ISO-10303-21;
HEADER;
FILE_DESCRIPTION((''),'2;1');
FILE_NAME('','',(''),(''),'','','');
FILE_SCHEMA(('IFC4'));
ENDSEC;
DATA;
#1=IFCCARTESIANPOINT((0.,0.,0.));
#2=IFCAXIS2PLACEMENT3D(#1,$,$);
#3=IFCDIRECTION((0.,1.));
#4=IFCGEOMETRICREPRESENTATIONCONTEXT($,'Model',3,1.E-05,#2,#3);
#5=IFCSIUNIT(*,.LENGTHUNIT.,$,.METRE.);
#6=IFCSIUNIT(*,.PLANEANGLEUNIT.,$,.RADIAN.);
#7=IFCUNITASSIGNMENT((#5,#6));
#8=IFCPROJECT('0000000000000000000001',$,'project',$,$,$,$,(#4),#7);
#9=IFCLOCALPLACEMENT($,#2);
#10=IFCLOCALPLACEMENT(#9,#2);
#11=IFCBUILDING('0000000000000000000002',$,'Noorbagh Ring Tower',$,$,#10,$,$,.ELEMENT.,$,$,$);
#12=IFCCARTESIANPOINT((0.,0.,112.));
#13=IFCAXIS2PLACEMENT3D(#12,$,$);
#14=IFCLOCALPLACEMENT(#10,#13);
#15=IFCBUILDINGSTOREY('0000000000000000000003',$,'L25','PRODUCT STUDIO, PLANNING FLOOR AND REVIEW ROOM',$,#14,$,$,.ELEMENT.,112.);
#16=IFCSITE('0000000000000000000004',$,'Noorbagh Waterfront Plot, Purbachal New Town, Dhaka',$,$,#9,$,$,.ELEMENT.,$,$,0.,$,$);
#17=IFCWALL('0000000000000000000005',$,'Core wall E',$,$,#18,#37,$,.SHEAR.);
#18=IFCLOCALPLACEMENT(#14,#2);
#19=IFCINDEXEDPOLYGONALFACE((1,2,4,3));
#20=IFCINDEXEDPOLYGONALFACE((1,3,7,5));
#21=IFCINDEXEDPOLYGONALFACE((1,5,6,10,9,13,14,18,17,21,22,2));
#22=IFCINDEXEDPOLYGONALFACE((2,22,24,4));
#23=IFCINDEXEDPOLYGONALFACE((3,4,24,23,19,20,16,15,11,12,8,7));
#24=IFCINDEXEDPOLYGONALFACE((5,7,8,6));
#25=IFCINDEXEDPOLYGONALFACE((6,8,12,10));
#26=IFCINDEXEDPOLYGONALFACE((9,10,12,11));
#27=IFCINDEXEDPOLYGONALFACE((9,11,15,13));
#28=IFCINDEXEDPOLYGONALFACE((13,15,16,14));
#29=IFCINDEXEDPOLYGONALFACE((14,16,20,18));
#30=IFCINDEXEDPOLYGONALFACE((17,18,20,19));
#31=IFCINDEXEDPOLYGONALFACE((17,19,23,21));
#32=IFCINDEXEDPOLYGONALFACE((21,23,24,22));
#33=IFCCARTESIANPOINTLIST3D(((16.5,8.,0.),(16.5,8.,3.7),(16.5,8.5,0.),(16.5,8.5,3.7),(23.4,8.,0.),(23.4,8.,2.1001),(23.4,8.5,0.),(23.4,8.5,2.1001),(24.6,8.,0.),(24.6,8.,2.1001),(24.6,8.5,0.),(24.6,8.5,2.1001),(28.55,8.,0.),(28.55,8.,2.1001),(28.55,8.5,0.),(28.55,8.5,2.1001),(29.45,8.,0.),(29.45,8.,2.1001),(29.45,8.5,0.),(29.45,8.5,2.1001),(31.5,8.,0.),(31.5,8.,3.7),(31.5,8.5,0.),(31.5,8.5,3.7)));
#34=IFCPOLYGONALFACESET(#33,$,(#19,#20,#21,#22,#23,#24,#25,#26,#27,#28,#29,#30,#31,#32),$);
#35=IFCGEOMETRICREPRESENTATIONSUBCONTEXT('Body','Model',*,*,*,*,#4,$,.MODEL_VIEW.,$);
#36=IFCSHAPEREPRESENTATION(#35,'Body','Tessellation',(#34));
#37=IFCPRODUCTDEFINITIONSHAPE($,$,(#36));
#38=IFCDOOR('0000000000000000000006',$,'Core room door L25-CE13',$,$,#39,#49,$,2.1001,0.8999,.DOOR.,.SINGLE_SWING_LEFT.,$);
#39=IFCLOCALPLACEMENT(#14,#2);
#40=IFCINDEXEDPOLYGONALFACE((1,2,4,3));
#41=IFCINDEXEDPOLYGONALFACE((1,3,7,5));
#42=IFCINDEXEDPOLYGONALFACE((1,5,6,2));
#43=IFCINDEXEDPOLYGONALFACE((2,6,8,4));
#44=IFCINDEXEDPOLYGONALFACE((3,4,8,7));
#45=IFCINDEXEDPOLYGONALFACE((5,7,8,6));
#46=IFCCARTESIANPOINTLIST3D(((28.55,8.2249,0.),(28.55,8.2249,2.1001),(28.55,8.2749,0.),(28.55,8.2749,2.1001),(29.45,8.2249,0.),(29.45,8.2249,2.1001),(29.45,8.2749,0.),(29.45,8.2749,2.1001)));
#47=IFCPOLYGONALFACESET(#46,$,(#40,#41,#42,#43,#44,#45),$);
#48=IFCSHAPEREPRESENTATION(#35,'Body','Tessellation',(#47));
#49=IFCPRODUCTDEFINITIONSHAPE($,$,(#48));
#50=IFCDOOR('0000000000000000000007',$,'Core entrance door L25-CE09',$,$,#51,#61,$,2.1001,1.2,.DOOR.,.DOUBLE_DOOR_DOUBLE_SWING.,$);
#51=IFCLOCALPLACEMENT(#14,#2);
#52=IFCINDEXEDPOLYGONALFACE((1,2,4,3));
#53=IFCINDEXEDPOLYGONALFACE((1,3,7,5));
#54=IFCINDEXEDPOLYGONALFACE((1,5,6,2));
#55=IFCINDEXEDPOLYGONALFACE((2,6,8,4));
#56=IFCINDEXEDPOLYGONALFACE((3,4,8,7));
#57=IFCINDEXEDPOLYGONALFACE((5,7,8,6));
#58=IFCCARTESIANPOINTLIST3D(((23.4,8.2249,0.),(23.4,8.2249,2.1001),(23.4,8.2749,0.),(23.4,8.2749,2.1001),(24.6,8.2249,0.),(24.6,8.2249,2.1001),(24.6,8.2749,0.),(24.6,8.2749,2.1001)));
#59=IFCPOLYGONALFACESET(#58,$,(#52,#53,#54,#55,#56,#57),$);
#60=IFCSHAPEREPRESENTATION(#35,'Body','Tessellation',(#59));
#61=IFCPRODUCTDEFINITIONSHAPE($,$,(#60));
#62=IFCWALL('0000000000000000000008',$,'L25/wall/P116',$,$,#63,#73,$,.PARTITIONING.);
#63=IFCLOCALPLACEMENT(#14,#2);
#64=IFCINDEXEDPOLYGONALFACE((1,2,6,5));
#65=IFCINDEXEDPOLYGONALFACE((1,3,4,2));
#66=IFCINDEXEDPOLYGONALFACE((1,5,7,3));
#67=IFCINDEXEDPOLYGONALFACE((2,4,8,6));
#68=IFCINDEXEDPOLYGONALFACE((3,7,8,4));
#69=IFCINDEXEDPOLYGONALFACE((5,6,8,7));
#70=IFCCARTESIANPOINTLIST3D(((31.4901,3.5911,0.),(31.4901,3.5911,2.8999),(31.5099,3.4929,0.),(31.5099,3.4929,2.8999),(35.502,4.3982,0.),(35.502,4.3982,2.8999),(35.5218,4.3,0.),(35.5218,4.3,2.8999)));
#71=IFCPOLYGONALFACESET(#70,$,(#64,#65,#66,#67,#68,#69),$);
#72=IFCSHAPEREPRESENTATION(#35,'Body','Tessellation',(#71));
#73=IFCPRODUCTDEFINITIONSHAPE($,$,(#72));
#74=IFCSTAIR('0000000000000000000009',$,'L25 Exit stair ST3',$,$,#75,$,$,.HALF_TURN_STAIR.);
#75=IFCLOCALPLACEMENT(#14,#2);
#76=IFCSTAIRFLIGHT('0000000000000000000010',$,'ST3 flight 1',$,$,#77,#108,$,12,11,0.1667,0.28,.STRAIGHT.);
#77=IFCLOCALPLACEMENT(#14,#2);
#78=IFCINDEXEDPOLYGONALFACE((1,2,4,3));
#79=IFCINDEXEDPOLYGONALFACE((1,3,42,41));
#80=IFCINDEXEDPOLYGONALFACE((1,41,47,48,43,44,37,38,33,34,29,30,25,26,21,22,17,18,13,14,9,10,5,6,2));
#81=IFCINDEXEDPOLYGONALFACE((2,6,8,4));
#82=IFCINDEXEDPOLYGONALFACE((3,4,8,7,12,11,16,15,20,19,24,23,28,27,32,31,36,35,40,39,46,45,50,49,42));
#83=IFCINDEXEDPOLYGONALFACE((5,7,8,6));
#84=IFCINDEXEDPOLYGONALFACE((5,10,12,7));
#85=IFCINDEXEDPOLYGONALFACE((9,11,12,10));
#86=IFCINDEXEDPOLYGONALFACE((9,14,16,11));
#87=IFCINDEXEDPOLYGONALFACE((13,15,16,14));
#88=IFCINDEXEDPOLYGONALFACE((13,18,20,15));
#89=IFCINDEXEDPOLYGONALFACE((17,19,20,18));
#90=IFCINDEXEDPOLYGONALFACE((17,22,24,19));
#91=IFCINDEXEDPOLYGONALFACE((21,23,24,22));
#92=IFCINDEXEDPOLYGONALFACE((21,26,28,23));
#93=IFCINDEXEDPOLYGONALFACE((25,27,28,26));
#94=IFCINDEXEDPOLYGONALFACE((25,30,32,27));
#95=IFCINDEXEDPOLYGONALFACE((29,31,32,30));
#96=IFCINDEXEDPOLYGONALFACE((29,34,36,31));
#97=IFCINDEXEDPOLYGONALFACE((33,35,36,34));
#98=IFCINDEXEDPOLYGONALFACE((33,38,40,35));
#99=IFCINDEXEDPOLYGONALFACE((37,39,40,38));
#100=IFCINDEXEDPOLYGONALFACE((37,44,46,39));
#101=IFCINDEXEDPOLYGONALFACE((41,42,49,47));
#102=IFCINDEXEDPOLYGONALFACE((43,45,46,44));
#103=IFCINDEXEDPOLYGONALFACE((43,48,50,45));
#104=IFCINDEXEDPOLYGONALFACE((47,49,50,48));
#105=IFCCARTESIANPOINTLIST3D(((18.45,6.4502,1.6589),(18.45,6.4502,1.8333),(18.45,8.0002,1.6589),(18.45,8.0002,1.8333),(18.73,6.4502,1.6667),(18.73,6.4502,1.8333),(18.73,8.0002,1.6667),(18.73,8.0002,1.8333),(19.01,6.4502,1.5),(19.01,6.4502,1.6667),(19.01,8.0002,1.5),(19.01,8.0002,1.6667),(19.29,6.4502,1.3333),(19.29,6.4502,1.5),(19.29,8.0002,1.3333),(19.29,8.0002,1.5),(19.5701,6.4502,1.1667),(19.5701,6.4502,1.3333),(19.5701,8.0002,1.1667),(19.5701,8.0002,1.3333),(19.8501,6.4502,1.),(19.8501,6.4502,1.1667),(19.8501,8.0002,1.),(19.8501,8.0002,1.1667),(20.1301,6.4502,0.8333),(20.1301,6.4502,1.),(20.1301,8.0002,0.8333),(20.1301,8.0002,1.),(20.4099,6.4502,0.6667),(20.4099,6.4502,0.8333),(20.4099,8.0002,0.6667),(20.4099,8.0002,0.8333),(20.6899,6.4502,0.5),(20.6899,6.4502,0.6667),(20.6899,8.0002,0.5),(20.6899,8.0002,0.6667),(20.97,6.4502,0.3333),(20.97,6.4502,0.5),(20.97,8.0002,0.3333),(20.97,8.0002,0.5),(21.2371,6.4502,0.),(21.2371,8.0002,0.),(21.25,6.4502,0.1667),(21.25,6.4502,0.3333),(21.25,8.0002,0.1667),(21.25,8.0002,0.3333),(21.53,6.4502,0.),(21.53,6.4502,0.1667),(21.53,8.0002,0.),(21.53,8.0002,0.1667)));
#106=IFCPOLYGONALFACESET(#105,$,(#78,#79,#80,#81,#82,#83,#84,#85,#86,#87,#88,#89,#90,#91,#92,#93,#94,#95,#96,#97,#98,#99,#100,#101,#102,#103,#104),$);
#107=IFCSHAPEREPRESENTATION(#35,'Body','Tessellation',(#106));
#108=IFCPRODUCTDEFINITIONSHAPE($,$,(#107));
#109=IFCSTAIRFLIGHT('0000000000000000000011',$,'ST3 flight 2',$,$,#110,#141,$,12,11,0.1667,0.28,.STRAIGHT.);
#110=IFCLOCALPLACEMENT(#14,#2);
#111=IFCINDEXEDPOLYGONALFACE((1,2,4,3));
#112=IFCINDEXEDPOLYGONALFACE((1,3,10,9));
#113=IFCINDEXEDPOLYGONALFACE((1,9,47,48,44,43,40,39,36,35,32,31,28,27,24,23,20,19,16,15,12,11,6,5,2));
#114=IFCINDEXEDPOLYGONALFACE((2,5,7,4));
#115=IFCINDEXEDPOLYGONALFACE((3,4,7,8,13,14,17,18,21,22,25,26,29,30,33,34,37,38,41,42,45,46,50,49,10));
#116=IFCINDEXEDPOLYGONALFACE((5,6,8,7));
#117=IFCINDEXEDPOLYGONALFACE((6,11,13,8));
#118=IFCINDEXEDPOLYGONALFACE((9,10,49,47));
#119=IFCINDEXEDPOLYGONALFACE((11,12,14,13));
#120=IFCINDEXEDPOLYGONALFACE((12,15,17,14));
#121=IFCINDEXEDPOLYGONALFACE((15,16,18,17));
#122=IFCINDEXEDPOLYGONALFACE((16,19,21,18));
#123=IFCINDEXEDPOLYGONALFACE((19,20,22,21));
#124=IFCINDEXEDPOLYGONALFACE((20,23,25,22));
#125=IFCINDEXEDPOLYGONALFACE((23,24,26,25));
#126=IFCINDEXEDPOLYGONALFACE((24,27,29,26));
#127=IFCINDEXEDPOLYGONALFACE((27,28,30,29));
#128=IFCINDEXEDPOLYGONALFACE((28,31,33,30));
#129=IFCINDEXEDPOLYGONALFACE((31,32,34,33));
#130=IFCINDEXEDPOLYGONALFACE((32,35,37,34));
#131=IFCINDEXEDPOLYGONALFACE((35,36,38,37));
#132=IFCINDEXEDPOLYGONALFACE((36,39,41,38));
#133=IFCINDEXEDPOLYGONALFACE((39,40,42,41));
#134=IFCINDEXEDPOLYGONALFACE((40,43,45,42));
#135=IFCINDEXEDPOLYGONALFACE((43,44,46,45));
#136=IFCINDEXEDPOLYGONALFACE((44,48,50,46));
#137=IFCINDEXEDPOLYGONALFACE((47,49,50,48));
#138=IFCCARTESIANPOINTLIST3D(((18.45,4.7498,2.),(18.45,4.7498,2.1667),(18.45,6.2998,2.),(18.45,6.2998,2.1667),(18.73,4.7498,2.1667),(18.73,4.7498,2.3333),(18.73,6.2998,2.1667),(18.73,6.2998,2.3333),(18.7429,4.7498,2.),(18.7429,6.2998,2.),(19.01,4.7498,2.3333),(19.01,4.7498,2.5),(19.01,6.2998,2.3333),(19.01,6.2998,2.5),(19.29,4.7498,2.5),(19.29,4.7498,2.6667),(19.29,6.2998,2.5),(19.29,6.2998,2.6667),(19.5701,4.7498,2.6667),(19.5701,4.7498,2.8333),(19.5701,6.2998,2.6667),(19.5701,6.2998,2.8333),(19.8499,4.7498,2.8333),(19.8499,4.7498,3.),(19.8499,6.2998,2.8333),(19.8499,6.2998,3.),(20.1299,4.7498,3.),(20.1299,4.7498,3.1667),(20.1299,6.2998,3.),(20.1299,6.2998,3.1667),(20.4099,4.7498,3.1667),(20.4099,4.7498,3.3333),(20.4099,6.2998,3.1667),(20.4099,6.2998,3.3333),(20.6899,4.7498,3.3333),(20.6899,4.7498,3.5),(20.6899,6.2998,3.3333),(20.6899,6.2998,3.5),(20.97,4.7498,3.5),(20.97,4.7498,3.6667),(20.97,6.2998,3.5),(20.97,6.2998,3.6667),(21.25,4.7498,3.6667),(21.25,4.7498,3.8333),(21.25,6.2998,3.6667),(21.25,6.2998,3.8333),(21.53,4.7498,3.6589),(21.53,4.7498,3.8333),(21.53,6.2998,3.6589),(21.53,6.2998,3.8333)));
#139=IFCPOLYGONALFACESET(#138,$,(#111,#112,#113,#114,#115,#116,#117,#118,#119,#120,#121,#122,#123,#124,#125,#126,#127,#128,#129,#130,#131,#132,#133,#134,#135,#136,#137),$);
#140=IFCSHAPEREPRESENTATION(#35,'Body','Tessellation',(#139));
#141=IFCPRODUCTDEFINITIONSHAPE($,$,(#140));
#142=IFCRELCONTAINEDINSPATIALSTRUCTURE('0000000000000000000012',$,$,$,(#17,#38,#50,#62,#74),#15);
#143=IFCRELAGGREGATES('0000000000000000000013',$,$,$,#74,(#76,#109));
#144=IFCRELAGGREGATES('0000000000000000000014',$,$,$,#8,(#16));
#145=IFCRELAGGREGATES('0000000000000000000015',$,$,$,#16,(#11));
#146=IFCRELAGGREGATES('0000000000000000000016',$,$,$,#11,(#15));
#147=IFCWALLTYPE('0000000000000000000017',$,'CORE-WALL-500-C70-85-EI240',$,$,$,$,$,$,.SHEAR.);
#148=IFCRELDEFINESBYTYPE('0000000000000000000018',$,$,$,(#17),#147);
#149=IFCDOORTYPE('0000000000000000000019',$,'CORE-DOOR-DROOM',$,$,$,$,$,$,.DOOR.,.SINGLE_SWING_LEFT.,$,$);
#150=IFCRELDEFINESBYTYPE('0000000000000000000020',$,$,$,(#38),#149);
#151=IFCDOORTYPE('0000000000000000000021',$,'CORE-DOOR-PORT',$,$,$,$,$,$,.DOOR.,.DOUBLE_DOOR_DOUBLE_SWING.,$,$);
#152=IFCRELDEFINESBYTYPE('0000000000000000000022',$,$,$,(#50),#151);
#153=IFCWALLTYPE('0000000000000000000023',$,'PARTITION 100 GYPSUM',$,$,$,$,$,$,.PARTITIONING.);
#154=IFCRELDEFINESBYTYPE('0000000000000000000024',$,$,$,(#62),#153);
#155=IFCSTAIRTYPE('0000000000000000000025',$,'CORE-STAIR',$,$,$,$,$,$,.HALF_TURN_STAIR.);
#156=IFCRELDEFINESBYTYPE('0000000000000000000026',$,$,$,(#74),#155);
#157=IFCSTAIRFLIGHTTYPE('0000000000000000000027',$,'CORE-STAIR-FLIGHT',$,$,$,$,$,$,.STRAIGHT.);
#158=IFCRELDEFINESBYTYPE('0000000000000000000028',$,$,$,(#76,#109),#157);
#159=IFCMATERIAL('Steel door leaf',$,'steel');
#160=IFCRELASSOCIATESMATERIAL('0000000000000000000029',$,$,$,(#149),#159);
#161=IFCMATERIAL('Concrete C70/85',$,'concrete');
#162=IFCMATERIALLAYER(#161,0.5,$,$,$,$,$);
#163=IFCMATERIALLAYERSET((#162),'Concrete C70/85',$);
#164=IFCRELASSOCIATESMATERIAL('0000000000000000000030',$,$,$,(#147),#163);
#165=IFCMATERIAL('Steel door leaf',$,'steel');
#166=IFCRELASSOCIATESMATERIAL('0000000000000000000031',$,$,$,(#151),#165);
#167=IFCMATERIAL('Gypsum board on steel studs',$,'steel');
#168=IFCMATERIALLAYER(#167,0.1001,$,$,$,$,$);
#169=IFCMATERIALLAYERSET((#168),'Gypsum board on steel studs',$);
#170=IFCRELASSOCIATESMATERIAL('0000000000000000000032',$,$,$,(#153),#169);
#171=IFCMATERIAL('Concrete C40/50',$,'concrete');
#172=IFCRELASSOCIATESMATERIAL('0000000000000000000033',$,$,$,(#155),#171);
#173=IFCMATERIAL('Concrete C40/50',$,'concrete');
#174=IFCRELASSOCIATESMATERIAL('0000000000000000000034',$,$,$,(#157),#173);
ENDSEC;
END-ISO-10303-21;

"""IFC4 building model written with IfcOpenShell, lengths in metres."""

from ifc_helpers import new_model, si_unit, direction, frame, frame_2d, origin, place, context, subcontext, project, spatial, polyline, rectangle, outline, extrude, material, layer, layer_set, type_object, element, fill, aggregate, save


model = new_model("IFC4")

# Units and contexts
model_context = context("Model", 3, precision=1e-05, world=origin(), true_north=direction((0.0, 1.0)))
body_context = subcontext(model_context, "Body", "Model", "MODEL_VIEW")
ifc_project = project(units=[si_unit("LENGTHUNIT", "METRE"), si_unit("PLANEANGLEUNIT", "RADIAN")], contexts=[model_context])

# Site, building, storey
site_placement = place(None, origin())
site = spatial("IfcSite", under=ifc_project, at=site_placement, Name="Noorbagh Waterfront Plot, Purbachal New Town, Dhaka", CompositionType="ELEMENT", RefElevation=0.0)
building_placement = place(site_placement, origin())
building = spatial("IfcBuilding", under=site, at=building_placement, Name="Noorbagh Ring Tower", CompositionType="ELEMENT")
storey_placement = place(building_placement, frame((0.0, 0.0, 112.0)))
storey = spatial("IfcBuildingStorey", under=building, at=storey_placement, Name="L25", Description="PRODUCT STUDIO, PLANNING FLOOR AND REVIEW ROOM", CompositionType="ELEMENT", Elevation=112.0)

# Shared definitions
ifc_material_1 = material(Name="Steel door leaf", Category="steel")
door_type_1 = type_object("IfcDoorType", Name="CORE-DOOR-DROOM", OperationType="SINGLE_SWING_LEFT", PredefinedType="DOOR", material=ifc_material_1)

# Wall, openings, doors
ifc_material_2 = material(Name="Concrete C70/85", Category="concrete")
ifc_layer_1 = layer(ifc_material_2, 0.5)
ifc_layer_set_1 = layer_set([ifc_layer_1], Name="Concrete C70/85")
wall_type_1 = type_object("IfcWallType", Name="CORE-WALL-500-C70-85-EI240", PredefinedType="SHEAR", material=ifc_layer_set_1)
wall_1_placement = place(storey_placement, frame((16.5, 8.25, 0.0), z_axis=(0.0, 0.0, 1.0), x_axis=(1.0, 0.0, 0.0)))
wall_1 = element("IfcWall", 1, at=wall_1_placement, inside=storey, type_object=wall_type_1, Name="Core wall E", PredefinedType="SHEAR", context=body_context, shape_type="SweptSolid", body=[
    extrude(rectangle(XDim=15.0, YDim=0.5, at=frame_2d((7.5, 0.0))), origin(), (0.0, 0.0, 1.0), 3.7),
])
opening_1_placement = place(wall_1_placement, frame((6.8999, 0.0, 0.0)))
opening_1 = element("IfcOpeningElement", 2, at=opening_1_placement, cuts=wall_1, PredefinedType="OPENING", context=body_context, shape_type="SweptSolid", body=[
    extrude(rectangle(XDim=1.2, YDim=2.1001, at=frame_2d((0.6001, 1.05))), frame((0.0, 0.26, 0.0), z_axis=(0.0, -1.0, 0.0), x_axis=(1.0, 0.0, 0.0)), (0.0, 0.0, 1.0), 0.52),
])
opening_2_placement = place(wall_1_placement, frame((12.05, 0.0, 0.0)))
opening_2 = element("IfcOpeningElement", 3, at=opening_2_placement, cuts=wall_1, PredefinedType="OPENING", context=body_context, shape_type="SweptSolid", body=[
    extrude(rectangle(XDim=0.8999, YDim=2.1001, at=frame_2d((0.45, 1.05))), frame((0.0, 0.26, 0.0), z_axis=(0.0, -1.0, 0.0), x_axis=(1.0, 0.0, 0.0)), (0.0, 0.0, 1.0), 0.52),
])
door_1_placement = place(opening_2_placement, origin())
door_1 = element("IfcDoor", 4, at=door_1_placement, inside=storey, type_object=door_type_1, Name="Core room door L25-CE13", OperationType="SINGLE_SWING_LEFT", OverallHeight=2.1001, OverallWidth=0.8999, PredefinedType="DOOR", context=body_context, shape_type="SweptSolid", body=[
    extrude(rectangle(XDim=0.8999, YDim=2.1001, at=frame_2d((0.45, 1.05))), frame((0.0, 0.0249, 0.0), z_axis=(0.0, -1.0, 0.0), x_axis=(1.0, 0.0, 0.0)), (0.0, 0.0, 1.0), 0.05),
])
fill(opening_2, door_1)
ifc_material_3 = material(Name="Steel door leaf", Category="steel")
door_type_2 = type_object("IfcDoorType", Name="CORE-DOOR-PORT", OperationType="DOUBLE_DOOR_DOUBLE_SWING", PredefinedType="DOOR", material=ifc_material_3)
door_2_placement = place(opening_1_placement, origin())
door_2 = element("IfcDoor", 5, at=door_2_placement, inside=storey, type_object=door_type_2, Name="Core entrance door L25-CE09", OperationType="DOUBLE_DOOR_DOUBLE_SWING", OverallHeight=2.1001, OverallWidth=1.2, PredefinedType="DOOR", context=body_context, shape_type="SweptSolid", body=[
    extrude(rectangle(XDim=1.2, YDim=2.1001, at=frame_2d((0.6001, 1.05))), frame((0.0, 0.0249, 0.0), z_axis=(0.0, -1.0, 0.0), x_axis=(1.0, 0.0, 0.0)), (0.0, 0.0, 1.0), 0.05),
])
fill(opening_1, door_2)

# Wall
ifc_material_4 = material(Name="Gypsum board on steel studs", Category="steel")
ifc_layer_2 = layer(ifc_material_4, 0.1001)
ifc_layer_set_2 = layer_set([ifc_layer_2], Name="Gypsum board on steel studs")
wall_type_2 = type_object("IfcWallType", Name="PARTITION 100 GYPSUM", PredefinedType="PARTITIONING", material=ifc_layer_set_2)
wall_2_placement = place(storey_placement, frame((31.5, 3.542, 0.0), z_axis=(0.0, 0.0, 1.0), x_axis=(0.980357, 0.197229, 0.0)))
element("IfcWall", 6, at=wall_2_placement, inside=storey, type_object=wall_type_2, Name="L25/wall/P116", PredefinedType="PARTITIONING", context=body_context, shape_type="SweptSolid", body=[
    extrude(rectangle(XDim=4.0923, YDim=0.1001, at=frame_2d((2.0461, 0.0))), origin(), (0.0, 0.0, 1.0), 2.8999),
])

# Stair, stair flights
ifc_material_5 = material(Name="Concrete C40/50", Category="concrete")
stair_type = type_object("IfcStairType", Name="CORE-STAIR", PredefinedType="HALF_TURN_STAIR", material=ifc_material_5)
stair_placement = place(storey_placement, origin())
stair = element("IfcStair", 7, at=stair_placement, inside=storey, type_object=stair_type, Name="L25 Exit stair ST3", PredefinedType="HALF_TURN_STAIR")
ifc_material_6 = material(Name="Concrete C40/50", Category="concrete")
stair_flight_type = type_object("IfcStairFlightType", Name="CORE-STAIR-FLIGHT", PredefinedType="STRAIGHT", material=ifc_material_6)
stair_flight_1_placement = place(storey_placement, frame((21.53, 7.2251, 0.0), z_axis=(0.0, 0.0, 1.0), x_axis=(-1.0, 0.0, 0.0)))
stair_flight_1 = element("IfcStairFlight", 8, at=stair_flight_1_placement, type_object=stair_flight_type, Name="ST3 flight 1", NumberOfRisers=12, NumberOfTreads=11, PredefinedType="STRAIGHT", RiserHeight=0.1667, TreadLength=0.28, context=body_context, shape_type="SweptSolid", body=[
    extrude(outline(polyline([(0.0, 0.0), (0.0, 0.1667), (0.28, 0.1667), (0.28, 0.3333), (0.5601, 0.3333), (0.5601, 0.5), (0.8401, 0.5), (0.8401, 0.6667), (1.1201, 0.6667), (1.1201, 0.8333), (1.3999, 0.8333), (1.3999, 1.0), (1.6799, 1.0), (1.6799, 1.1667), (1.96, 1.1667), (1.96, 1.3333), (2.24, 1.3333), (2.24, 1.5), (2.52, 1.5), (2.52, 1.6667), (2.8, 1.6667), (2.8, 1.8333), (3.0801, 1.8333), (3.0801, 2.0), (3.0801, 1.6589), (0.293, 0.0), (0.0, 0.0)])), frame((0.0, 0.7749, 0.0), z_axis=(0.0, -1.0, 0.0), x_axis=(1.0, 0.0, 0.0)), (0.0, 0.0, 1.0), 1.55),
])
stair_flight_2_placement = place(storey_placement, frame((18.45, 5.5249, 2.0), z_axis=(0.0, 0.0, 1.0), x_axis=(1.0, 0.0, 0.0)))
stair_flight_2 = element("IfcStairFlight", 9, at=stair_flight_2_placement, type_object=stair_flight_type, Name="ST3 flight 2", NumberOfRisers=12, NumberOfTreads=11, PredefinedType="STRAIGHT", RiserHeight=0.1667, TreadLength=0.28, context=body_context, shape_type="SweptSolid", body=[
    extrude(outline(polyline([(0.0, 0.0), (0.0, 0.1667), (0.28, 0.1667), (0.28, 0.3333), (0.5601, 0.3333), (0.5601, 0.5), (0.8401, 0.5), (0.8401, 0.6667), (1.1201, 0.6667), (1.1201, 0.8333), (1.3999, 0.8333), (1.3999, 1.0), (1.6799, 1.0), (1.6799, 1.1667), (1.96, 1.1667), (1.96, 1.3333), (2.24, 1.3333), (2.24, 1.5), (2.52, 1.5), (2.52, 1.6667), (2.8, 1.6667), (2.8, 1.8333), (3.0801, 1.8333), (3.0801, 2.0), (3.0801, 1.6589), (0.293, 0.0), (0.0, 0.0)])), frame((0.0, 0.7749, 0.0), z_axis=(0.0, -1.0, 0.0), x_axis=(1.0, 0.0, 0.0)), (0.0, 0.0, 1.0), 1.55),
])
aggregate(stair, [stair_flight_1, stair_flight_2])

save(model, "model.ifc")
